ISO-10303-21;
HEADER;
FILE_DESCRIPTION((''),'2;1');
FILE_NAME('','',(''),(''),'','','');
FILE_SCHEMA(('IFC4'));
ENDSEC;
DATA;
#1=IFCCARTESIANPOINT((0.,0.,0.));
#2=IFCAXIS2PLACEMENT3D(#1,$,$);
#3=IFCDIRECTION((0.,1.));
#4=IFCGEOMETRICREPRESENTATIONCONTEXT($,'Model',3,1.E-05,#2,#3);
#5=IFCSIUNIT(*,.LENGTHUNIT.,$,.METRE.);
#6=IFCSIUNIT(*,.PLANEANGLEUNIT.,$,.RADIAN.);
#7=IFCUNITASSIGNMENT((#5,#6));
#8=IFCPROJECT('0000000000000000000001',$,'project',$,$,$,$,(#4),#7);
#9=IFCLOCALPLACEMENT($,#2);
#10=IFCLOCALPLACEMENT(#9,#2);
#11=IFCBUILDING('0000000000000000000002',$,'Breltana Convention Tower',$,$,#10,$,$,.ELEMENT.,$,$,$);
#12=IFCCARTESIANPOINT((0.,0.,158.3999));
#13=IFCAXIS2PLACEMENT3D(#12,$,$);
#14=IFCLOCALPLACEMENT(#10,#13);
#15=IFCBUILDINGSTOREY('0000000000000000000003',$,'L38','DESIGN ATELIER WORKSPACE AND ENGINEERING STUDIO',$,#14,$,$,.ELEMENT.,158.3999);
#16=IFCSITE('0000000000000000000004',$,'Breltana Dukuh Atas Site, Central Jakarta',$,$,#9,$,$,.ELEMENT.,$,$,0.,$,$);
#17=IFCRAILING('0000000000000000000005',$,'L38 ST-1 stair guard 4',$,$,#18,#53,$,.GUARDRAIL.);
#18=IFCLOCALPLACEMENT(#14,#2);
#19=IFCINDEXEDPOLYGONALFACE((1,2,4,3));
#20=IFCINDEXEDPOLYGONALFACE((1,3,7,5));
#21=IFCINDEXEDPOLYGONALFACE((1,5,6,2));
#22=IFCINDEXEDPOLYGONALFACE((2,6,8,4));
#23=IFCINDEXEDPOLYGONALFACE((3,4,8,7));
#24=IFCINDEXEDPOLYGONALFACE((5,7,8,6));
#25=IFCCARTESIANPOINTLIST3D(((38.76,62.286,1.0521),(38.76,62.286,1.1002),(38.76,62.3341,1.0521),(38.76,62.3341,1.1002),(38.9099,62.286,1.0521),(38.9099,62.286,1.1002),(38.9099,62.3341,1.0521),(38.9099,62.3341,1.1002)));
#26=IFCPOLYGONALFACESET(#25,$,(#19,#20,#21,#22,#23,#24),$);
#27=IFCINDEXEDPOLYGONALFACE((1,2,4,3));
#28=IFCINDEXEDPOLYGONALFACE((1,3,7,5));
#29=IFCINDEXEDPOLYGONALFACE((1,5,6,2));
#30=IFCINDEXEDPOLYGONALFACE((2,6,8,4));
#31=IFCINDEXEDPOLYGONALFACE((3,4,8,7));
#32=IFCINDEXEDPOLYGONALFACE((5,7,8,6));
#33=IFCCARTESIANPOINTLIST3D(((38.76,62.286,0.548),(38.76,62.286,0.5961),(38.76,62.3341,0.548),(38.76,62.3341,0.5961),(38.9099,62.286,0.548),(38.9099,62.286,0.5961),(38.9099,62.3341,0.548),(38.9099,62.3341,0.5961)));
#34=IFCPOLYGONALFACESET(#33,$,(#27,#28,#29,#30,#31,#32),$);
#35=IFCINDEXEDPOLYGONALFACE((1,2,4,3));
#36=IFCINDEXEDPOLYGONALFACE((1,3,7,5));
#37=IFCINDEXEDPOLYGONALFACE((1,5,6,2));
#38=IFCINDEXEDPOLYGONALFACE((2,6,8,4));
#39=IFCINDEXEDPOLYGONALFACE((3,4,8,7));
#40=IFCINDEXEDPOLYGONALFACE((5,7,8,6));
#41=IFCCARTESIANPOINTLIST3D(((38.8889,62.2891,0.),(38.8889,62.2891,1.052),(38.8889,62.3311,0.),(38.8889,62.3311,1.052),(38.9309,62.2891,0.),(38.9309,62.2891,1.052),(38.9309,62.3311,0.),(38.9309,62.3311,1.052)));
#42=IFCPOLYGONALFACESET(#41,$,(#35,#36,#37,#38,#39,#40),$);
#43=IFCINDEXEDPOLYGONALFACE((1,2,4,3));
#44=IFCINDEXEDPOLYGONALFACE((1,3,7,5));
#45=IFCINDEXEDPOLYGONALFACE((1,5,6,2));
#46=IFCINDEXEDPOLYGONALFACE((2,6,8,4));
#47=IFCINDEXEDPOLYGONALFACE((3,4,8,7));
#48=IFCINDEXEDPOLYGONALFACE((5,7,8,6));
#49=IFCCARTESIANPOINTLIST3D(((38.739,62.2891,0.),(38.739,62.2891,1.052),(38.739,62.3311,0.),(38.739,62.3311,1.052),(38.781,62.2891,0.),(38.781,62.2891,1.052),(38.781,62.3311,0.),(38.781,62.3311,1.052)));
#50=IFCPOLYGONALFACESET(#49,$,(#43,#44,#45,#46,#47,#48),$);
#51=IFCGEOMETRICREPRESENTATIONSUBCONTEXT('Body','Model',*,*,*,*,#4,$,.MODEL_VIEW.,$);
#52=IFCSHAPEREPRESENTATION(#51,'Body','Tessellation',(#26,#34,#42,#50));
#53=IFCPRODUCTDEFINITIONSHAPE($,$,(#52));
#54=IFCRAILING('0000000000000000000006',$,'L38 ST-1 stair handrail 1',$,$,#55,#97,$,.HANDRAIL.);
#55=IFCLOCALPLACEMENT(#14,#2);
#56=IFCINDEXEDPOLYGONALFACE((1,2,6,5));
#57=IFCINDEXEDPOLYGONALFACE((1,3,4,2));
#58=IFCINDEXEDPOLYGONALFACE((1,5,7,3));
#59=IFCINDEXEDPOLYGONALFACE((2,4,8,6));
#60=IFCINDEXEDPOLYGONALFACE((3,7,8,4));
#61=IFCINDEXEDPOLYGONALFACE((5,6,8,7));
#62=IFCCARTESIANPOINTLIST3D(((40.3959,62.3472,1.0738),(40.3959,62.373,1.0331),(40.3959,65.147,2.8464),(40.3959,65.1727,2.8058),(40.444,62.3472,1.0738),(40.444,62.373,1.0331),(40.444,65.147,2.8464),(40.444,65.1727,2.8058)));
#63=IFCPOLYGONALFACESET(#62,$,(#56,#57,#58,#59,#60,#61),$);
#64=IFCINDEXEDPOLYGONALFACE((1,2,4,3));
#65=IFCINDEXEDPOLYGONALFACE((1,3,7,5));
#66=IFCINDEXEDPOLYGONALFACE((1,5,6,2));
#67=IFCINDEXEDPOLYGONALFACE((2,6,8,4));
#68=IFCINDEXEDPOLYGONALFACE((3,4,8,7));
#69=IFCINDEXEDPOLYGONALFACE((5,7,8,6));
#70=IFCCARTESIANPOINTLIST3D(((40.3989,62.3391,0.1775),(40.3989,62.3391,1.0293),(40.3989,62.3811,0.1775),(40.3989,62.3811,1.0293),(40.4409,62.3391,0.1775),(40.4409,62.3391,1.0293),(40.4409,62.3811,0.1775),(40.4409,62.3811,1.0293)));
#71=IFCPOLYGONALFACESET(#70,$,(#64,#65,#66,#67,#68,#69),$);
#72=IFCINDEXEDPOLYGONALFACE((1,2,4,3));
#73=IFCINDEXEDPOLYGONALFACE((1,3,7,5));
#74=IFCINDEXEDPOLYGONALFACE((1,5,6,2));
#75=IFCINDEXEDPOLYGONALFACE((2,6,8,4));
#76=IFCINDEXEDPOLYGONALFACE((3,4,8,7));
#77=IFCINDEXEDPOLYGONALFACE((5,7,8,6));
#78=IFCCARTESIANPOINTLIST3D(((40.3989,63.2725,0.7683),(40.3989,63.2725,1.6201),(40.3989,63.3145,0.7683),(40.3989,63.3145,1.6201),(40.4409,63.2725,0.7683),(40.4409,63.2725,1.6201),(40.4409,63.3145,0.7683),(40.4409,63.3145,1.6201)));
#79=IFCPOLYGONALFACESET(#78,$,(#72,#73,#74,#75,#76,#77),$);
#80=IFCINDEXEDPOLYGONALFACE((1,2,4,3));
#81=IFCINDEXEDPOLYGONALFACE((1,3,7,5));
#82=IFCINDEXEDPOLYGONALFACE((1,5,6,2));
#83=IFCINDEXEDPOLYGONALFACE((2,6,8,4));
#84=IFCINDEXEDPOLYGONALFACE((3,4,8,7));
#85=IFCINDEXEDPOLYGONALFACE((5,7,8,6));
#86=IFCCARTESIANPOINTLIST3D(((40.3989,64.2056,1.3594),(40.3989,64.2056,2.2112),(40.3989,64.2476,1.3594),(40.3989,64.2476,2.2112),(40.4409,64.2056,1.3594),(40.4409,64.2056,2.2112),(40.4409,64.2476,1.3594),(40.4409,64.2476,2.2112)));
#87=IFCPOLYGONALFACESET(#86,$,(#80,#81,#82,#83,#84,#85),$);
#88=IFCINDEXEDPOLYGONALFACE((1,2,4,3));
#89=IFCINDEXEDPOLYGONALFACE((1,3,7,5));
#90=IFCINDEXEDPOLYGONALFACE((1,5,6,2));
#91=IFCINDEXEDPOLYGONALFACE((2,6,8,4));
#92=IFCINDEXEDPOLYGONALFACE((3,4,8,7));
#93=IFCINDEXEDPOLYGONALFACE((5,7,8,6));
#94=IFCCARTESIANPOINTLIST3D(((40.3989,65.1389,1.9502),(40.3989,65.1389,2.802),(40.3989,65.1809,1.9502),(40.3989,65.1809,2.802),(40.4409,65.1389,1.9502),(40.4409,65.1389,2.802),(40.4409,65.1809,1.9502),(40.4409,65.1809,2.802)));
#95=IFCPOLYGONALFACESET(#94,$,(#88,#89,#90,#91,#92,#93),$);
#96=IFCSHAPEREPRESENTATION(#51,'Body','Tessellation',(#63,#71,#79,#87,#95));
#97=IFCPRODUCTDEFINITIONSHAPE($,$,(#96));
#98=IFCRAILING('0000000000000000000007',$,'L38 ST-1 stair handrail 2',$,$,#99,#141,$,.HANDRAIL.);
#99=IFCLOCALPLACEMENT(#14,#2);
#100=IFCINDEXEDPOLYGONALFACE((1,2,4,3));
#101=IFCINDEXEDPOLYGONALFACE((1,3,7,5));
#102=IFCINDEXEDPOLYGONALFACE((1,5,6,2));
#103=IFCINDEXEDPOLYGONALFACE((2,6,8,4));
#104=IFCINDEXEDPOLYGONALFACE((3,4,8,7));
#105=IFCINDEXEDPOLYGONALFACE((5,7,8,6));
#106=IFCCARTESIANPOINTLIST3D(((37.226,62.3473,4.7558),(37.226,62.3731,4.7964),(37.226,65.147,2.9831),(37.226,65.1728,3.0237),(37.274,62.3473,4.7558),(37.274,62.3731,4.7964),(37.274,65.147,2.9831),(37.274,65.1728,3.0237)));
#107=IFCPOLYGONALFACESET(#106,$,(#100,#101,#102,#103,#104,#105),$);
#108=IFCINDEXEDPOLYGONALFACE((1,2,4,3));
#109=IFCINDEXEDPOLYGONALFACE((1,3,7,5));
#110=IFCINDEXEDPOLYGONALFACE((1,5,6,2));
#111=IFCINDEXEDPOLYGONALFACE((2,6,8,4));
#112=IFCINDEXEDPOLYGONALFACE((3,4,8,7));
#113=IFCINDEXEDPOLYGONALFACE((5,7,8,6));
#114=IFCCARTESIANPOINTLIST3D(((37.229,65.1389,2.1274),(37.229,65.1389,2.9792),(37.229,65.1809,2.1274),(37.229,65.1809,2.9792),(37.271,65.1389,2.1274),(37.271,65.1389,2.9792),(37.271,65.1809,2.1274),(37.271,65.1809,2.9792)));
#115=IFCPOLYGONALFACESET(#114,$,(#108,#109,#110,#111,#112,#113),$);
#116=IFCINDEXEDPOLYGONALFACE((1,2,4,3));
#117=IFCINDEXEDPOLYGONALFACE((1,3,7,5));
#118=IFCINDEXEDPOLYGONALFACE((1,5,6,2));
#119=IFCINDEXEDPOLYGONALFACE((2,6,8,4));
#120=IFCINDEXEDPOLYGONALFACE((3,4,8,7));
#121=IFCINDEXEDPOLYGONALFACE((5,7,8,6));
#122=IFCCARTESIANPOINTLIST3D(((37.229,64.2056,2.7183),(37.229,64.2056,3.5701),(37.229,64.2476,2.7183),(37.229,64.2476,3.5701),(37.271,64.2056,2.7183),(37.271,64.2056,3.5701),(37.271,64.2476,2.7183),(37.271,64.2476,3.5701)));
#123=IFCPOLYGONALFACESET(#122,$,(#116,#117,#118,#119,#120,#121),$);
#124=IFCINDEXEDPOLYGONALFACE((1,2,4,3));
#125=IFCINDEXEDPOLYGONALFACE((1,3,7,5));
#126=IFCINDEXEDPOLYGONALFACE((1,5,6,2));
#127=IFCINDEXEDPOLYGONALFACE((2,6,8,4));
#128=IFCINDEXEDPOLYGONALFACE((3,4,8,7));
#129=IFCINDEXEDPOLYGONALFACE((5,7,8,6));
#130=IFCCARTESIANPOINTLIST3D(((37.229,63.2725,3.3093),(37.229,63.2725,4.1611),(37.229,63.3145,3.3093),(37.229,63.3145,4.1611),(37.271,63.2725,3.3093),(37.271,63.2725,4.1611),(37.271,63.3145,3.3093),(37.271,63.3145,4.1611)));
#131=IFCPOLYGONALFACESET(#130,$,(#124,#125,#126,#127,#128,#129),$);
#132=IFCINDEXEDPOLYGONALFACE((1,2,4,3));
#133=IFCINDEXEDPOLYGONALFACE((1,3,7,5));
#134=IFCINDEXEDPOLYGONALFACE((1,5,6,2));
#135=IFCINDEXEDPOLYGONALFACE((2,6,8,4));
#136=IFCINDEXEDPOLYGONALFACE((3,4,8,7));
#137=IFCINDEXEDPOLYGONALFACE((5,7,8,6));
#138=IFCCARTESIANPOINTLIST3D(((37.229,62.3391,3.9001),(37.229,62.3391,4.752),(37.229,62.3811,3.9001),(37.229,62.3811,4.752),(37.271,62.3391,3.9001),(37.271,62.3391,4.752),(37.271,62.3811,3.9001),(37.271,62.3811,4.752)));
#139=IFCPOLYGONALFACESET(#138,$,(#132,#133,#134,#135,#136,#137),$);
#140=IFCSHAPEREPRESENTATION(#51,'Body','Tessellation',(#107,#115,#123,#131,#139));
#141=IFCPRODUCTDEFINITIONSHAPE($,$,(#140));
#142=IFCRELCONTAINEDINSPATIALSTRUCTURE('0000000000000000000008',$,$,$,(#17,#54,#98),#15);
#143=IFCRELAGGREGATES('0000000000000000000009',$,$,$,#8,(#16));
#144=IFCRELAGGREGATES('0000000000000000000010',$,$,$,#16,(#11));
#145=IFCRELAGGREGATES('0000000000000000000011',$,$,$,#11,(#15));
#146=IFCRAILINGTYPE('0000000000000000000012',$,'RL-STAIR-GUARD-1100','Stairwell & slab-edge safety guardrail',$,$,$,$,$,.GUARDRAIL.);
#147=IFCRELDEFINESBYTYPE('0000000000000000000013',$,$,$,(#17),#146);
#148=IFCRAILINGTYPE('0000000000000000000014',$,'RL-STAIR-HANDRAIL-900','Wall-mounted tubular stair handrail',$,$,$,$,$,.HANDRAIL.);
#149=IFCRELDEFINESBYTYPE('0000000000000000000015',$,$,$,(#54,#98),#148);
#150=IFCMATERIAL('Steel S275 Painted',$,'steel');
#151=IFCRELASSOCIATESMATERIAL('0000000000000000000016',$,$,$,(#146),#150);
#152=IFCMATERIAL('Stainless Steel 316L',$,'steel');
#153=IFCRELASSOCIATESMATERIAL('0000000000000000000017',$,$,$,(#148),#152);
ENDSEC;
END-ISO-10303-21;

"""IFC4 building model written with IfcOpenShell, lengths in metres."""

from ifc_helpers import new_model, si_unit, direction, frame, origin, origin_2d, place, context, subcontext, project, spatial, rectangle, extrude, material, type_object, element, save


model = new_model("IFC4")

# Units and contexts
model_context = context("Model", 3, precision=1e-05, world=origin(), true_north=direction((0.0, 1.0)))
body_context = subcontext(model_context, "Body", "Model", "MODEL_VIEW")
ifc_project = project(units=[si_unit("LENGTHUNIT", "METRE"), si_unit("PLANEANGLEUNIT", "RADIAN")], contexts=[model_context])

# Site, building, storey
site_placement = place(None, origin())
site = spatial("IfcSite", under=ifc_project, at=site_placement, Name="Breltana Dukuh Atas Site, Central Jakarta", CompositionType="ELEMENT", RefElevation=0.0)
building_placement = place(site_placement, origin())
building = spatial("IfcBuilding", under=site, at=building_placement, Name="Breltana Convention Tower", CompositionType="ELEMENT")
storey_placement = place(building_placement, frame((0.0, 0.0, 158.3999)))
storey = spatial("IfcBuildingStorey", under=building, at=storey_placement, Name="L38", Description="DESIGN ATELIER WORKSPACE AND ENGINEERING STUDIO", CompositionType="ELEMENT", Elevation=158.3999)

# Railings
ifc_material_1 = material(Name="Steel S275 Painted", Category="steel")
railing_type_1 = type_object("IfcRailingType", Name="RL-STAIR-GUARD-1100", Description="Stairwell & slab-edge safety guardrail", PredefinedType="GUARDRAIL", material=ifc_material_1)
railing_1_placement = place(storey_placement, frame((38.9099, 62.3101, 0.0)))
element("IfcRailing", 1, at=railing_1_placement, inside=storey, type_object=railing_type_1, Name="L38 ST-1 stair guard 4", PredefinedType="GUARDRAIL", context=body_context, shape_type="SweptSolid", body=[
    extrude(rectangle(XDim=0.0481, YDim=0.0481, at=origin_2d()), frame((0.0, 0.0, 1.0762), z_axis=(-1.0, 0.0, 0.0), x_axis=(0.0, -1.0, 0.0)), (0.0, 0.0, 1.0), 0.1499),
    extrude(rectangle(XDim=0.0481, YDim=0.0481, at=origin_2d()), frame((0.0, 0.0, 0.572), z_axis=(-1.0, 0.0, 0.0), x_axis=(0.0, -1.0, 0.0)), (0.0, 0.0, 1.0), 0.1499),
    extrude(rectangle(XDim=0.042, YDim=0.042, at=origin_2d()), origin(), (0.0, 0.0, 1.0), 1.052),
    extrude(rectangle(XDim=0.042, YDim=0.042, at=origin_2d()), frame((-0.1499, 0.0, 0.0)), (0.0, 0.0, 1.0), 1.052),
])
ifc_material_2 = material(Name="Stainless Steel 316L", Category="steel")
railing_type_2 = type_object("IfcRailingType", Name="RL-STAIR-HANDRAIL-900", Description="Wall-mounted tubular stair handrail", PredefinedType="HANDRAIL", material=ifc_material_2)
railing_2_placement = place(storey_placement, frame((40.4199, 62.3601, 0.1775)))
element("IfcRailing", 2, at=railing_2_placement, inside=storey, type_object=railing_type_2, Name="L38 ST-1 stair handrail 1", PredefinedType="HANDRAIL", context=body_context, shape_type="SweptSolid", body=[
    extrude(rectangle(XDim=0.0481, YDim=0.0481, at=origin_2d()), frame((0.0, 0.0, 0.876), z_axis=(0.0, 0.844888, 0.534943), x_axis=(-1.0, 0.0, 0.0)), (0.0, 0.0, 1.0), 3.3137),
    extrude(rectangle(XDim=0.042, YDim=0.042, at=origin_2d()), origin(), (0.0, 0.0, 1.0), 0.8518),
    extrude(rectangle(XDim=0.042, YDim=0.042, at=origin_2d()), frame((0.0, 0.9333, 0.5908)), (0.0, 0.0, 1.0), 0.8518),
    extrude(rectangle(XDim=0.042, YDim=0.042, at=origin_2d()), frame((0.0, 1.8665, 1.1819)), (0.0, 0.0, 1.0), 0.8518),
    extrude(rectangle(XDim=0.042, YDim=0.042, at=origin_2d()), frame((0.0, 2.7998, 1.7727)), (0.0, 0.0, 1.0), 0.8518),
])
railing_3_placement = place(storey_placement, frame((37.25, 65.1599, 2.1274)))
element("IfcRailing", 3, at=railing_3_placement, inside=storey, type_object=railing_type_2, Name="L38 ST-1 stair handrail 2", PredefinedType="HANDRAIL", context=body_context, shape_type="SweptSolid", body=[
    extrude(rectangle(XDim=0.0481, YDim=0.0481, at=origin_2d()), frame((0.0, 0.0, 0.876), z_axis=(0.0, -0.844888, 0.534943), x_axis=(1.0, 0.0, 0.0)), (0.0, 0.0, 1.0), 3.3137),
    extrude(rectangle(XDim=0.042, YDim=0.042, at=origin_2d()), origin(), (0.0, 0.0, 1.0), 0.8518),
    extrude(rectangle(XDim=0.042, YDim=0.042, at=origin_2d()), frame((0.0, -0.9333, 0.5908)), (0.0, 0.0, 1.0), 0.8518),
    extrude(rectangle(XDim=0.042, YDim=0.042, at=origin_2d()), frame((0.0, -1.8665, 1.1819)), (0.0, 0.0, 1.0), 0.8518),
    extrude(rectangle(XDim=0.042, YDim=0.042, at=origin_2d()), frame((0.0, -2.7998, 1.7727)), (0.0, 0.0, 1.0), 0.8518),
])

save(model, "model.ifc")
